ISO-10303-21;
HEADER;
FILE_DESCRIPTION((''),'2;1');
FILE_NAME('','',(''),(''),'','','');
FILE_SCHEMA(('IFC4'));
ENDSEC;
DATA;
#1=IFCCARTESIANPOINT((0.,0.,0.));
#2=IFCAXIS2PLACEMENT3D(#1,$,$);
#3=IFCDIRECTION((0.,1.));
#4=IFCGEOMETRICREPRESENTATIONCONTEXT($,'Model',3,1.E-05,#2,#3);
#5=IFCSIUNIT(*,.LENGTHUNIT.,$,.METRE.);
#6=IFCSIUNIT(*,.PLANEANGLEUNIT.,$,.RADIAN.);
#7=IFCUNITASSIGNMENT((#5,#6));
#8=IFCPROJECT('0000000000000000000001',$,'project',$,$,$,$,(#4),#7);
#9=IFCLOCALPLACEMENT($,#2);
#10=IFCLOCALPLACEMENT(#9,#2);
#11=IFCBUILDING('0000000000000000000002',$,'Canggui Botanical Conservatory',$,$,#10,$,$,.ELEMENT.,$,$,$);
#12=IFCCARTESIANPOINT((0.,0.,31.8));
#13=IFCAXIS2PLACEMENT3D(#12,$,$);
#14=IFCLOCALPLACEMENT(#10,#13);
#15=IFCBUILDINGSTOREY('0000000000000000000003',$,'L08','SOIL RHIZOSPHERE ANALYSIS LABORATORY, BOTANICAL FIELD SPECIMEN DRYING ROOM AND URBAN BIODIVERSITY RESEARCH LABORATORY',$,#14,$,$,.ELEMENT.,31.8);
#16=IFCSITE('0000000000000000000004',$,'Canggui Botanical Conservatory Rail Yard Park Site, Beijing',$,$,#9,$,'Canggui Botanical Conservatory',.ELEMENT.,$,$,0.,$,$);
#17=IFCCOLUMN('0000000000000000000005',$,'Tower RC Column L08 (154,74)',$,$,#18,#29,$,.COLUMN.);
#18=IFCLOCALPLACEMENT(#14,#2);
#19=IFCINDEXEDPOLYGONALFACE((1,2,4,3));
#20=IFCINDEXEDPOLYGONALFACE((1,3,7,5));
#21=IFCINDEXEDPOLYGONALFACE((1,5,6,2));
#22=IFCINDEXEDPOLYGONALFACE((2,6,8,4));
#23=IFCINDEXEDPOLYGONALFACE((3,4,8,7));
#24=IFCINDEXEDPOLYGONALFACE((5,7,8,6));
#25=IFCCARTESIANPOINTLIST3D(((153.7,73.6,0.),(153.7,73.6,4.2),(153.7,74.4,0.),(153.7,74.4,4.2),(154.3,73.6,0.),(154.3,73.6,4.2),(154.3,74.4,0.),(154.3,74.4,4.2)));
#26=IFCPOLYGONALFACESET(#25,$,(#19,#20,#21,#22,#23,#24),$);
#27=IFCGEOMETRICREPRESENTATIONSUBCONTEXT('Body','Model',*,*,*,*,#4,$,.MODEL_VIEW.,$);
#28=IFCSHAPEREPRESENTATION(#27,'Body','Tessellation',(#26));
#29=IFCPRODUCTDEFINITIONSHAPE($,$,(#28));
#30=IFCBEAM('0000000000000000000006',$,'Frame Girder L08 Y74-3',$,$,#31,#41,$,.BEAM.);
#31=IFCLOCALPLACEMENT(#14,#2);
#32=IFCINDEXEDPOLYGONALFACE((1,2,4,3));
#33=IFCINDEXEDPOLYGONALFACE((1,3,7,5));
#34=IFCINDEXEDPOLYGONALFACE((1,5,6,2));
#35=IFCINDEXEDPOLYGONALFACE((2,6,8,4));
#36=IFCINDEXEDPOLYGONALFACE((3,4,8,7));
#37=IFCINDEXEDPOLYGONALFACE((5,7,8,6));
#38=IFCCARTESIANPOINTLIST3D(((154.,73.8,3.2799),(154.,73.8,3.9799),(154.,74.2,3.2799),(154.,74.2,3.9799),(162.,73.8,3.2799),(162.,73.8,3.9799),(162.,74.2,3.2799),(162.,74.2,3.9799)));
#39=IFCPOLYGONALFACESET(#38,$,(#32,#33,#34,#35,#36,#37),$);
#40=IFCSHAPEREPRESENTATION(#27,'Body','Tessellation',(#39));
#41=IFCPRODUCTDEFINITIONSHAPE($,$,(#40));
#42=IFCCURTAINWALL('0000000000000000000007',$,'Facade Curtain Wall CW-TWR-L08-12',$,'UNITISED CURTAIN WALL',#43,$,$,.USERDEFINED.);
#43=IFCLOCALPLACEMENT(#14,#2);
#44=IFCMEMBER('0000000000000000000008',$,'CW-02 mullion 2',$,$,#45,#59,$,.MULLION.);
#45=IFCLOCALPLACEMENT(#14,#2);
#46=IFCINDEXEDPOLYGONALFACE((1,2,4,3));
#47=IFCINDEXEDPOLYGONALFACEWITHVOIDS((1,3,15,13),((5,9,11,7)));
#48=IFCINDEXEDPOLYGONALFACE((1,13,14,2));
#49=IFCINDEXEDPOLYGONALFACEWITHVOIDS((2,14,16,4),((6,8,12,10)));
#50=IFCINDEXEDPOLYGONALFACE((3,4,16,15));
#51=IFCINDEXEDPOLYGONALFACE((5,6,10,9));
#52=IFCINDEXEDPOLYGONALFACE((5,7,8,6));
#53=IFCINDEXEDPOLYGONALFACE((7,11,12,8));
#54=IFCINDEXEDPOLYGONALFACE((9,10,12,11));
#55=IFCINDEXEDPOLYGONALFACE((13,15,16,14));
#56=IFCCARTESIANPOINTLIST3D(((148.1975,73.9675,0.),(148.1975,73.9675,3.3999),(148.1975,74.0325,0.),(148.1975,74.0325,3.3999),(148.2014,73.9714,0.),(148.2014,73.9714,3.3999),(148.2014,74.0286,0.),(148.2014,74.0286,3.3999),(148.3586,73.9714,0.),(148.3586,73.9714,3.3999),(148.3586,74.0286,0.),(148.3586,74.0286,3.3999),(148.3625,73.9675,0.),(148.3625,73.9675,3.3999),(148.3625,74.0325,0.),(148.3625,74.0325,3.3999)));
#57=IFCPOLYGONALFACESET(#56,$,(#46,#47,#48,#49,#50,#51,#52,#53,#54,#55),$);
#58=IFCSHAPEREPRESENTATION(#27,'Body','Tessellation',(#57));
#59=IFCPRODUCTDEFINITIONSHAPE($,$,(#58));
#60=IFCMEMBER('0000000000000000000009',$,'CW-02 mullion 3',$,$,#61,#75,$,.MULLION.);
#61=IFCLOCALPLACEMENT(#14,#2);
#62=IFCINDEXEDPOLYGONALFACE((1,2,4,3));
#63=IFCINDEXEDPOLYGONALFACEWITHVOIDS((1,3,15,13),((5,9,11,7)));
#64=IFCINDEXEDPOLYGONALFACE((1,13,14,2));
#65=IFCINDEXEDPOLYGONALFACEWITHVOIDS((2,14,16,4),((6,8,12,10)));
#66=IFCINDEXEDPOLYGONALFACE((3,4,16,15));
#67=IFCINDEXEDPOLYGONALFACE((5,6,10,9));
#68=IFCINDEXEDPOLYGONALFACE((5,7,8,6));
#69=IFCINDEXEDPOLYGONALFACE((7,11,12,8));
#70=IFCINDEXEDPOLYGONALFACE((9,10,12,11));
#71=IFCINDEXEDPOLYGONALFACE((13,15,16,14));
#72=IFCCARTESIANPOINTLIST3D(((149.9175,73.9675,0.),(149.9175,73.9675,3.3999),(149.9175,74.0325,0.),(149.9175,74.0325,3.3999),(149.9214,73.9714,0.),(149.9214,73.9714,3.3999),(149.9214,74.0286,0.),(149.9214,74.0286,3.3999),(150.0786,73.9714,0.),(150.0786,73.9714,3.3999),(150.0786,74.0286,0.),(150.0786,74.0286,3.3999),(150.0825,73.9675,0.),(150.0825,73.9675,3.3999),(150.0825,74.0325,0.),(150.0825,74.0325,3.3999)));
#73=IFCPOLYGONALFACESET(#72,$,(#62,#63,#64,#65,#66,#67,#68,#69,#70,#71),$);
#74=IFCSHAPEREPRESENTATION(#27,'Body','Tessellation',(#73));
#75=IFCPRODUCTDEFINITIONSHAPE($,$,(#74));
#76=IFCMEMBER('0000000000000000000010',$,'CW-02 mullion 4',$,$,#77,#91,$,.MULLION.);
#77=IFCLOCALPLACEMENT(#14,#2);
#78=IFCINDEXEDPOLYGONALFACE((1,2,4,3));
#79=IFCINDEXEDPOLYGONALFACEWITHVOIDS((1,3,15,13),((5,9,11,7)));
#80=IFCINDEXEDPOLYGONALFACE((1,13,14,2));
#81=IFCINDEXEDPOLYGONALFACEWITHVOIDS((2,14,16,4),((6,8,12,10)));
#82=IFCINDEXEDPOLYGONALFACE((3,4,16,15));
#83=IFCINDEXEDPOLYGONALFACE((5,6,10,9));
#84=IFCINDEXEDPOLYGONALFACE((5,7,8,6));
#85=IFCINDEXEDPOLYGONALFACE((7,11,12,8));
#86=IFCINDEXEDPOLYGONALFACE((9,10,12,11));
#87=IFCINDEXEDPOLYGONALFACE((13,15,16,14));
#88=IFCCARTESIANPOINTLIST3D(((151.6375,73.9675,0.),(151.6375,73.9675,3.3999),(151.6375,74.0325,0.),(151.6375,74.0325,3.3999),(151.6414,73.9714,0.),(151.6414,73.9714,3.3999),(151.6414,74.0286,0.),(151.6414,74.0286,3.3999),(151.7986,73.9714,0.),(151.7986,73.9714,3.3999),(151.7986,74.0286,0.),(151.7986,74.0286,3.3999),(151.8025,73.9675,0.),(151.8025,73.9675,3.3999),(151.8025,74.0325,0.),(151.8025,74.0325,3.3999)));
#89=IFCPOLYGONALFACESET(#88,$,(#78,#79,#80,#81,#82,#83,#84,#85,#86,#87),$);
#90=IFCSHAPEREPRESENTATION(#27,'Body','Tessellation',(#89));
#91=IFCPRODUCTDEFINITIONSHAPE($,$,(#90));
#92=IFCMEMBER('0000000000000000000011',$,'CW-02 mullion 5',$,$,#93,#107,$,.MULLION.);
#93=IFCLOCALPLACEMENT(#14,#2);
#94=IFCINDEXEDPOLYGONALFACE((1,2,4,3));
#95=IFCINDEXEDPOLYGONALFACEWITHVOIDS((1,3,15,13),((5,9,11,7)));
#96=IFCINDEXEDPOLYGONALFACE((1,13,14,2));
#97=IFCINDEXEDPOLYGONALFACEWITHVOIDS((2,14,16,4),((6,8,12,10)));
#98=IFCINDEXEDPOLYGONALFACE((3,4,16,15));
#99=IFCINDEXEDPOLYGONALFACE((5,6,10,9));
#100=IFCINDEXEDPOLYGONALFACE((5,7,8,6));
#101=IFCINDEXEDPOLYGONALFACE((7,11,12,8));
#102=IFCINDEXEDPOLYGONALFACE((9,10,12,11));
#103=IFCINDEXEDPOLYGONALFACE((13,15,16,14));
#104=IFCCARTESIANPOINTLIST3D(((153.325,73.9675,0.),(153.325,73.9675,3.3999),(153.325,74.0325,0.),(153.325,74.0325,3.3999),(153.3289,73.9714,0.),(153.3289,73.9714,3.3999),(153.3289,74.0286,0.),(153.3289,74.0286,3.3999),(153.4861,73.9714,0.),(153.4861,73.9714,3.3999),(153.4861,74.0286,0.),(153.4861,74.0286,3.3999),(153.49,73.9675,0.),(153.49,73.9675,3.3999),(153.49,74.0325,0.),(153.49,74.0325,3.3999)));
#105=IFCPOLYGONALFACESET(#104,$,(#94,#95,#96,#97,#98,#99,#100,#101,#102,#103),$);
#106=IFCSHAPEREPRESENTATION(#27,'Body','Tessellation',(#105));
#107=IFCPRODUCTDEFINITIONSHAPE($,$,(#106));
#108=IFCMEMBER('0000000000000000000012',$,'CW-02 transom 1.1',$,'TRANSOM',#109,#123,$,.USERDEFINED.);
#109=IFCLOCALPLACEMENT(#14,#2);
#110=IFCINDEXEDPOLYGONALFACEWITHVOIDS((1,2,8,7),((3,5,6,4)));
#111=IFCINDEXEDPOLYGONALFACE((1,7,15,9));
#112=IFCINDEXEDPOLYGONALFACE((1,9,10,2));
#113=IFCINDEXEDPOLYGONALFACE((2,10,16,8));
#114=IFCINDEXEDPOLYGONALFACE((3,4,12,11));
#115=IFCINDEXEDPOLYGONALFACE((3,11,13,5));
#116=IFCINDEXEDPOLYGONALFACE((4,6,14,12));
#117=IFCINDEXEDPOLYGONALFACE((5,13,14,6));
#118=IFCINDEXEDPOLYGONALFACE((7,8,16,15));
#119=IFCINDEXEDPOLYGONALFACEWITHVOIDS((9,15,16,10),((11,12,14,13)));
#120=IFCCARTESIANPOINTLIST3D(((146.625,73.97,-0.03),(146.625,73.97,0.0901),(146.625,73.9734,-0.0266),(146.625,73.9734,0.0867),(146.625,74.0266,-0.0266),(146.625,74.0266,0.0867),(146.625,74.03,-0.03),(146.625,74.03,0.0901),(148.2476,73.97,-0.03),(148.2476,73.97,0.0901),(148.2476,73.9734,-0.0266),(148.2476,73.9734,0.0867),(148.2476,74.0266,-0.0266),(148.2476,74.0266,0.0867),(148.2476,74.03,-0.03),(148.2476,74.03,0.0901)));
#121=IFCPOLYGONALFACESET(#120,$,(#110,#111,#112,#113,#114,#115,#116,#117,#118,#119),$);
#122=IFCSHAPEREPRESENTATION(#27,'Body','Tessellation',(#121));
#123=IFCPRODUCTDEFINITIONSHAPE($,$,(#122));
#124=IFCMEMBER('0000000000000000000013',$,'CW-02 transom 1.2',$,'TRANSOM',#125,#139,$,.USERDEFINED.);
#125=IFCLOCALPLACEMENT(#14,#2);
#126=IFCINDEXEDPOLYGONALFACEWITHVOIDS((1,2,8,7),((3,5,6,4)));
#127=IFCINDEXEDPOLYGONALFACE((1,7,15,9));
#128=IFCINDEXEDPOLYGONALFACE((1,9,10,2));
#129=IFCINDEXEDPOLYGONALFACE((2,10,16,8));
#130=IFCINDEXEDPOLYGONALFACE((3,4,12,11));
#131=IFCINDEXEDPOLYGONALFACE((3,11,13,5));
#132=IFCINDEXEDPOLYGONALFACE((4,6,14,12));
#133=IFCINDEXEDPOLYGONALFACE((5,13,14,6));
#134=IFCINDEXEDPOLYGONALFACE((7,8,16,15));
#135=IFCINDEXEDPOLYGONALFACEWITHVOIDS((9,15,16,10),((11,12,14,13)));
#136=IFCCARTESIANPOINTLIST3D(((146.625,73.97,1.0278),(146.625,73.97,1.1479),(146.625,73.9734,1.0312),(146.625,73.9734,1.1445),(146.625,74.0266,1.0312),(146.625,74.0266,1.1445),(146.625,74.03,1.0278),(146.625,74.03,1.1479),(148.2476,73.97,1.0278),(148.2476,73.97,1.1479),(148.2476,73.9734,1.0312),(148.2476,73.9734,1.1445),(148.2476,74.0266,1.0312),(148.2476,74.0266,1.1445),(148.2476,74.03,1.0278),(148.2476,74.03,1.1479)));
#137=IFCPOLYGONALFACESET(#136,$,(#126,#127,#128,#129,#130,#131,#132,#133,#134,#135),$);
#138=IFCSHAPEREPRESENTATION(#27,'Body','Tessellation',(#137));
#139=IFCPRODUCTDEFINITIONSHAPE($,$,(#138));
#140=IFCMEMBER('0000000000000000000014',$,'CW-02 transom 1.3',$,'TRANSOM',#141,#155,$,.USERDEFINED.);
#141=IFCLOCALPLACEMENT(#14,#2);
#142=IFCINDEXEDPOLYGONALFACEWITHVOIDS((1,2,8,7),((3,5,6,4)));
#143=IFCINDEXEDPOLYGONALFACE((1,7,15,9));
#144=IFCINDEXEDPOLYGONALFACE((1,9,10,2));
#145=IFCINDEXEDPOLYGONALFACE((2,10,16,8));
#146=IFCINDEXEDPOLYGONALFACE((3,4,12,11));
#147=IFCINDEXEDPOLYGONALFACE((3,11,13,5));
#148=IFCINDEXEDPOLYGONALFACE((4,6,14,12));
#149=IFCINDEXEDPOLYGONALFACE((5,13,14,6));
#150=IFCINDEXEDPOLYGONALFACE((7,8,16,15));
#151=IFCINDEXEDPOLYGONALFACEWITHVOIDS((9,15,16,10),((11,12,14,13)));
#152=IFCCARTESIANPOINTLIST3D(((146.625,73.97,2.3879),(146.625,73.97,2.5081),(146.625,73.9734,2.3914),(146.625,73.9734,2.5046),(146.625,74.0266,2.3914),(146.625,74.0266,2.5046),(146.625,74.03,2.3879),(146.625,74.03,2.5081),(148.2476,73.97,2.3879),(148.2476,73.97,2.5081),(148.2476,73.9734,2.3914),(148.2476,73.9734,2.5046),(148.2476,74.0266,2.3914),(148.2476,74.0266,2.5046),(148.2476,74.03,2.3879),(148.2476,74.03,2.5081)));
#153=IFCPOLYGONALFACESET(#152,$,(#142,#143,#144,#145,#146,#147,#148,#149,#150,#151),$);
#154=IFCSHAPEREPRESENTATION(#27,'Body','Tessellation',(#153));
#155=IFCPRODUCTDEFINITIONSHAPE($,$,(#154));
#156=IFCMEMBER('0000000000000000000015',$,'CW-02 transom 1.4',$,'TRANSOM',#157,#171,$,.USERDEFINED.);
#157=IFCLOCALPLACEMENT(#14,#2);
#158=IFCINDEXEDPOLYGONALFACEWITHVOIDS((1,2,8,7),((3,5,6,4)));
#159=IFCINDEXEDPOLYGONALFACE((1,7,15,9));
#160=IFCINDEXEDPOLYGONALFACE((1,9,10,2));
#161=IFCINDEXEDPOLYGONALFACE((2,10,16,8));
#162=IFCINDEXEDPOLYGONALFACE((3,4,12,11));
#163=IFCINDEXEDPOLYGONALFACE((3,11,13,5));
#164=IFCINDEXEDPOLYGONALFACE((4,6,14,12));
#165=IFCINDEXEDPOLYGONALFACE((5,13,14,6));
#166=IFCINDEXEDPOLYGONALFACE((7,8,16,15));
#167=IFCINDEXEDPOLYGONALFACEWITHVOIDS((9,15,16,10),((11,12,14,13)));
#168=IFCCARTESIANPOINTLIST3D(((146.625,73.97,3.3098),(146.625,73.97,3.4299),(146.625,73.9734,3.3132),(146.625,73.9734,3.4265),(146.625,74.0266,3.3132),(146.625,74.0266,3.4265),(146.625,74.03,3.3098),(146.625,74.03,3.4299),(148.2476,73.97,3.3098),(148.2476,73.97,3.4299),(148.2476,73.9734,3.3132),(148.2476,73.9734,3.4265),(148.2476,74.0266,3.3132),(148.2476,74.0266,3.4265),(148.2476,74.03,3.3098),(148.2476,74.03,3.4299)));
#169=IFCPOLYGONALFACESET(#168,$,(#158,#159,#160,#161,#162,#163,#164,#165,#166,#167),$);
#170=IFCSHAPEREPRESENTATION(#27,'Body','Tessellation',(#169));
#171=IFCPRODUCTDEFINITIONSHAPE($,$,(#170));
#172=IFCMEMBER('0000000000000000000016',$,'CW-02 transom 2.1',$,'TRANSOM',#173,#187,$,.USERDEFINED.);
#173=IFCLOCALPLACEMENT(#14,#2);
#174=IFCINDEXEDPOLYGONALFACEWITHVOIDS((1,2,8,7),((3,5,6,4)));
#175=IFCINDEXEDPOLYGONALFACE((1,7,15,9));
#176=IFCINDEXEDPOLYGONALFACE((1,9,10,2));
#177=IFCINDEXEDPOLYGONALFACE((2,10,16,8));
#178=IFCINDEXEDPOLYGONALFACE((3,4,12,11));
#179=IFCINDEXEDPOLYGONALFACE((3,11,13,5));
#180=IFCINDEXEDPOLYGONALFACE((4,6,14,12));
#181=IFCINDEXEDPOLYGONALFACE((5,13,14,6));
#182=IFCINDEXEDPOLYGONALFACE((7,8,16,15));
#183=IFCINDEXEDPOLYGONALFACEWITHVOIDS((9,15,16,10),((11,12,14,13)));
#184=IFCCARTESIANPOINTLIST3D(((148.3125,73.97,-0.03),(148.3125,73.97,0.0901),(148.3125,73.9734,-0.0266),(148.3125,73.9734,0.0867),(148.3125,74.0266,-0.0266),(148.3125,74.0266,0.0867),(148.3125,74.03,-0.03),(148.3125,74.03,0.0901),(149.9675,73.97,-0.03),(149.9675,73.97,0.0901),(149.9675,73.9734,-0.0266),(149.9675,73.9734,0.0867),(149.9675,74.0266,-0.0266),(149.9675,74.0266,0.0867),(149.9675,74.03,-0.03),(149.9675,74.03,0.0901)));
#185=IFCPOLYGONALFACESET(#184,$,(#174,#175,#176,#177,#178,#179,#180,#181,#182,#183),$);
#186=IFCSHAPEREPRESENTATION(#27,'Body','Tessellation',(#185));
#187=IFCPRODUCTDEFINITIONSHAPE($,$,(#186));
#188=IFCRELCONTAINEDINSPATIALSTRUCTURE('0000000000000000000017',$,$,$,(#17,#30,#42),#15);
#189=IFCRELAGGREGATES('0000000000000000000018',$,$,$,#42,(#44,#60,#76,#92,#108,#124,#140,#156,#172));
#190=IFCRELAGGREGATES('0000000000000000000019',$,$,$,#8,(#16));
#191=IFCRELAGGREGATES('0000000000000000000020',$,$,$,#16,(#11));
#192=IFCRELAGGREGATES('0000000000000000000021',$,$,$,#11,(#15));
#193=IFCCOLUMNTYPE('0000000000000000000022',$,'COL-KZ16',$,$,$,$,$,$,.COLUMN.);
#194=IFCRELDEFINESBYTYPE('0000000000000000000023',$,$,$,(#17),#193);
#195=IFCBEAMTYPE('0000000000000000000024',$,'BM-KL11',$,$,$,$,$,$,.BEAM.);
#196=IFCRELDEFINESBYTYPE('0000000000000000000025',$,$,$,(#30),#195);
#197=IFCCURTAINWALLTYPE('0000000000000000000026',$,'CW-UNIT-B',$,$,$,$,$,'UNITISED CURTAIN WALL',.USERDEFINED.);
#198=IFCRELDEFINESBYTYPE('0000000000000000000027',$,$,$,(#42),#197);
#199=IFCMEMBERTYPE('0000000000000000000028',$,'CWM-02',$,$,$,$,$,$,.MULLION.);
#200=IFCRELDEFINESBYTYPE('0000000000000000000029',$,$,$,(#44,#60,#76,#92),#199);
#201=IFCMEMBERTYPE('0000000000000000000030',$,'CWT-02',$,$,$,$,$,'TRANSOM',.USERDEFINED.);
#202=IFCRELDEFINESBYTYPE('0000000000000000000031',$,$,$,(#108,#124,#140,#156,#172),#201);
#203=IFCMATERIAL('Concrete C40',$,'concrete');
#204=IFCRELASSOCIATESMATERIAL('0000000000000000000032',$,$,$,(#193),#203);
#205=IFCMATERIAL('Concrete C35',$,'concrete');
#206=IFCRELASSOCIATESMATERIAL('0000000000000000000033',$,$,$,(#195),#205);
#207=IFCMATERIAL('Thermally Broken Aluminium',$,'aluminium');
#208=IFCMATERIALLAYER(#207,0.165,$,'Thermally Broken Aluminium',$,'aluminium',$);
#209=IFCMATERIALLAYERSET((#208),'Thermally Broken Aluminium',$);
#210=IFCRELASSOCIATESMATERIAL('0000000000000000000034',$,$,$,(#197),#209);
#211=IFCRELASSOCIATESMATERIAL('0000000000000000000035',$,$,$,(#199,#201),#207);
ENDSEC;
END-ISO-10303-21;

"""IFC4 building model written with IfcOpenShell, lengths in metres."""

from ifc_helpers import new_model, si_unit, direction, frame, origin, origin_2d, place, context, subcontext, project, spatial, rectangle, hollow_rectangle, extrude, material, layer, layer_set, material_profile, profile_set, type_object, element, aggregate, save


model = new_model("IFC4")

# Units and contexts
model_context = context("Model", 3, precision=1e-05, world=origin(), true_north=direction((0.0, 1.0)))
body_context = subcontext(model_context, "Body", "Model", "MODEL_VIEW")
ifc_project = project(units=[si_unit("LENGTHUNIT", "METRE"), si_unit("PLANEANGLEUNIT", "RADIAN")], contexts=[model_context])

# Site, building, storey
site_placement = place(None, origin())
site = spatial("IfcSite", under=ifc_project, at=site_placement, Name="Canggui Botanical Conservatory Rail Yard Park Site, Beijing", LongName="Canggui Botanical Conservatory", CompositionType="ELEMENT", RefElevation=0.0)
building_placement = place(site_placement, origin())
building = spatial("IfcBuilding", under=site, at=building_placement, Name="Canggui Botanical Conservatory", CompositionType="ELEMENT")
storey_placement = place(building_placement, frame((0.0, 0.0, 31.8)))
storey = spatial("IfcBuildingStorey", under=building, at=storey_placement, Name="L08", Description="SOIL RHIZOSPHERE ANALYSIS LABORATORY, BOTANICAL FIELD SPECIMEN DRYING ROOM AND URBAN BIODIVERSITY RESEARCH LABORATORY", CompositionType="ELEMENT", Elevation=31.8)

# Column
ifc_material_1 = material(Name="Concrete C40", Category="concrete")
ifc_material_profile_1 = material_profile(ifc_material_1, rectangle(XDim=0.6001, YDim=0.8, at=origin_2d()), Name="RC 600x800")
ifc_profile_set_1 = profile_set([ifc_material_profile_1], Name="Concrete C40")
column_type = type_object("IfcColumnType", Name="COL-KZ16", PredefinedType="COLUMN", material=ifc_profile_set_1)
column_placement = place(storey_placement, frame((154.0, 74.0, 0.0), z_axis=(0.0, 0.0, 1.0), x_axis=(1.0, 0.0, 0.0)))
element("IfcColumn", 1, at=column_placement, inside=storey, type_object=column_type, Name="Tower RC Column L08 (154,74)", PredefinedType="COLUMN", context=body_context, shape_type="SweptSolid", body=[
    extrude(rectangle(XDim=0.6001, YDim=0.8, at=origin_2d()), origin(), (0.0, 0.0, 1.0), 4.2),
])

# Beam
ifc_material_2 = material(Name="Concrete C35", Category="concrete")
ifc_material_profile_2 = material_profile(ifc_material_2, rectangle(XDim=0.3999, YDim=0.7, at=origin_2d()), Name="RB 400x700")
ifc_profile_set_2 = profile_set([ifc_material_profile_2], Name="Concrete C35")
beam_type = type_object("IfcBeamType", Name="BM-KL11", PredefinedType="BEAM", material=ifc_profile_set_2)
beam_placement = place(storey_placement, frame((154.0, 74.0, 3.6299), z_axis=(1.0, 0.0, 0.0), x_axis=(0.0, 1.0, 0.0)))
element("IfcBeam", 2, at=beam_placement, inside=storey, type_object=beam_type, Name="Frame Girder L08 Y74-3", PredefinedType="BEAM", context=body_context, shape_type="SweptSolid", body=[
    extrude(rectangle(XDim=0.3999, YDim=0.7, at=origin_2d()), origin(), (0.0, 0.0, 1.0), 8.0),
])

# Curtain wall, members
ifc_material_3 = material(Name="Thermally Broken Aluminium", Category="aluminium")
ifc_layer_1 = layer(ifc_material_3, 0.165, Name="Thermally Broken Aluminium", Category="aluminium")
ifc_layer_set_1 = layer_set([ifc_layer_1], Name="Thermally Broken Aluminium")
curtain_wall_type = type_object("IfcCurtainWallType", Name="CW-UNIT-B", ElementType="UNITISED CURTAIN WALL", PredefinedType="USERDEFINED", material=ifc_layer_set_1)
curtain_wall_placement = place(storey_placement, origin())
curtain_wall = element("IfcCurtainWall", 3, at=curtain_wall_placement, inside=storey, type_object=curtain_wall_type, Name="Facade Curtain Wall CW-TWR-L08-12", ObjectType="UNITISED CURTAIN WALL", PredefinedType="USERDEFINED")
ifc_material_profile_3 = material_profile(ifc_material_3, hollow_rectangle(XDim=0.0649, YDim=0.165, WallThickness=0.0039, at=origin_2d()), Name="CWM 65x165x4")
ifc_profile_set_3 = profile_set([ifc_material_profile_3], Name="Thermally Broken Aluminium")
member_type_1 = type_object("IfcMemberType", Name="CWM-02", PredefinedType="MULLION", material=ifc_profile_set_3)
member_1_placement = place(storey_placement, frame((148.28, 74.0, 0.0), z_axis=(0.0, 0.0, 1.0), x_axis=(0.0, 1.0, 0.0)))
member_1 = element("IfcMember", 4, at=member_1_placement, type_object=member_type_1, Name="CW-02 mullion 2", PredefinedType="MULLION", context=body_context, shape_type="SweptSolid", body=[
    extrude(hollow_rectangle(XDim=0.0649, YDim=0.165, WallThickness=0.0039, at=origin_2d()), origin(), (0.0, 0.0, 1.0), 3.3999),
])
member_2_placement = place(storey_placement, frame((150.0, 74.0, 0.0), z_axis=(0.0, 0.0, 1.0), x_axis=(0.0, 1.0, 0.0)))
member_2 = element("IfcMember", 5, at=member_2_placement, type_object=member_type_1, Name="CW-02 mullion 3", PredefinedType="MULLION", context=body_context, shape_type="SweptSolid", body=[
    extrude(hollow_rectangle(XDim=0.0649, YDim=0.165, WallThickness=0.0039, at=origin_2d()), origin(), (0.0, 0.0, 1.0), 3.3999),
])
member_3_placement = place(storey_placement, frame((151.72, 74.0, 0.0), z_axis=(0.0, 0.0, 1.0), x_axis=(0.0, 1.0, 0.0)))
member_3 = element("IfcMember", 6, at=member_3_placement, type_object=member_type_1, Name="CW-02 mullion 4", PredefinedType="MULLION", context=body_context, shape_type="SweptSolid", body=[
    extrude(hollow_rectangle(XDim=0.0649, YDim=0.165, WallThickness=0.0039, at=origin_2d()), origin(), (0.0, 0.0, 1.0), 3.3999),
])
member_4_placement = place(storey_placement, frame((153.4075, 74.0, 0.0), z_axis=(0.0, 0.0, 1.0), x_axis=(0.0, 1.0, 0.0)))
member_4 = element("IfcMember", 7, at=member_4_placement, type_object=member_type_1, Name="CW-02 mullion 5", PredefinedType="MULLION", context=body_context, shape_type="SweptSolid", body=[
    extrude(hollow_rectangle(XDim=0.0649, YDim=0.165, WallThickness=0.0039, at=origin_2d()), origin(), (0.0, 0.0, 1.0), 3.3999),
])
ifc_material_profile_4 = material_profile(ifc_material_3, hollow_rectangle(XDim=0.0601, YDim=0.1201, WallThickness=0.0034, at=origin_2d()), Name="CWT 60x120x3.5")
ifc_profile_set_4 = profile_set([ifc_material_profile_4], Name="Thermally Broken Aluminium")
member_type_2 = type_object("IfcMemberType", Name="CWT-02", ElementType="TRANSOM", PredefinedType="USERDEFINED", material=ifc_profile_set_4)
member_5_placement = place(storey_placement, frame((146.625, 74.0, 0.03), z_axis=(1.0, 0.0, 0.0), x_axis=(0.0, 1.0, 0.0)))
member_5 = element("IfcMember", 8, at=member_5_placement, type_object=member_type_2, Name="CW-02 transom 1.1", ObjectType="TRANSOM", PredefinedType="USERDEFINED", context=body_context, shape_type="SweptSolid", body=[
    extrude(hollow_rectangle(XDim=0.0601, YDim=0.1201, WallThickness=0.0034, at=origin_2d()), origin(), (0.0, 0.0, 1.0), 1.6226),
])
member_6_placement = place(storey_placement, frame((146.625, 74.0, 1.0879), z_axis=(1.0, 0.0, 0.0), x_axis=(0.0, 1.0, 0.0)))
member_6 = element("IfcMember", 9, at=member_6_placement, type_object=member_type_2, Name="CW-02 transom 1.2", ObjectType="TRANSOM", PredefinedType="USERDEFINED", context=body_context, shape_type="SweptSolid", body=[
    extrude(hollow_rectangle(XDim=0.0601, YDim=0.1201, WallThickness=0.0034, at=origin_2d()), origin(), (0.0, 0.0, 1.0), 1.6226),
])
member_7_placement = place(storey_placement, frame((146.625, 74.0, 2.448), z_axis=(1.0, 0.0, 0.0), x_axis=(0.0, 1.0, 0.0)))
member_7 = element("IfcMember", 10, at=member_7_placement, type_object=member_type_2, Name="CW-02 transom 1.3", ObjectType="TRANSOM", PredefinedType="USERDEFINED", context=body_context, shape_type="SweptSolid", body=[
    extrude(hollow_rectangle(XDim=0.0601, YDim=0.1201, WallThickness=0.0034, at=origin_2d()), origin(), (0.0, 0.0, 1.0), 1.6226),
])
member_8_placement = place(storey_placement, frame((146.625, 74.0, 3.3699), z_axis=(1.0, 0.0, 0.0), x_axis=(0.0, 1.0, 0.0)))
member_8 = element("IfcMember", 11, at=member_8_placement, type_object=member_type_2, Name="CW-02 transom 1.4", ObjectType="TRANSOM", PredefinedType="USERDEFINED", context=body_context, shape_type="SweptSolid", body=[
    extrude(hollow_rectangle(XDim=0.0601, YDim=0.1201, WallThickness=0.0034, at=origin_2d()), origin(), (0.0, 0.0, 1.0), 1.6226),
])
member_9_placement = place(storey_placement, frame((148.3125, 74.0, 0.03), z_axis=(1.0, 0.0, 0.0), x_axis=(0.0, 1.0, 0.0)))
member_9 = element("IfcMember", 12, at=member_9_placement, type_object=member_type_2, Name="CW-02 transom 2.1", ObjectType="TRANSOM", PredefinedType="USERDEFINED", context=body_context, shape_type="SweptSolid", body=[
    extrude(hollow_rectangle(XDim=0.0601, YDim=0.1201, WallThickness=0.0034, at=origin_2d()), origin(), (0.0, 0.0, 1.0), 1.655),
])
aggregate(curtain_wall, [member_1, member_2, member_3, member_4, member_5, member_6, member_7, member_8, member_9])

save(model, "model.ifc")
